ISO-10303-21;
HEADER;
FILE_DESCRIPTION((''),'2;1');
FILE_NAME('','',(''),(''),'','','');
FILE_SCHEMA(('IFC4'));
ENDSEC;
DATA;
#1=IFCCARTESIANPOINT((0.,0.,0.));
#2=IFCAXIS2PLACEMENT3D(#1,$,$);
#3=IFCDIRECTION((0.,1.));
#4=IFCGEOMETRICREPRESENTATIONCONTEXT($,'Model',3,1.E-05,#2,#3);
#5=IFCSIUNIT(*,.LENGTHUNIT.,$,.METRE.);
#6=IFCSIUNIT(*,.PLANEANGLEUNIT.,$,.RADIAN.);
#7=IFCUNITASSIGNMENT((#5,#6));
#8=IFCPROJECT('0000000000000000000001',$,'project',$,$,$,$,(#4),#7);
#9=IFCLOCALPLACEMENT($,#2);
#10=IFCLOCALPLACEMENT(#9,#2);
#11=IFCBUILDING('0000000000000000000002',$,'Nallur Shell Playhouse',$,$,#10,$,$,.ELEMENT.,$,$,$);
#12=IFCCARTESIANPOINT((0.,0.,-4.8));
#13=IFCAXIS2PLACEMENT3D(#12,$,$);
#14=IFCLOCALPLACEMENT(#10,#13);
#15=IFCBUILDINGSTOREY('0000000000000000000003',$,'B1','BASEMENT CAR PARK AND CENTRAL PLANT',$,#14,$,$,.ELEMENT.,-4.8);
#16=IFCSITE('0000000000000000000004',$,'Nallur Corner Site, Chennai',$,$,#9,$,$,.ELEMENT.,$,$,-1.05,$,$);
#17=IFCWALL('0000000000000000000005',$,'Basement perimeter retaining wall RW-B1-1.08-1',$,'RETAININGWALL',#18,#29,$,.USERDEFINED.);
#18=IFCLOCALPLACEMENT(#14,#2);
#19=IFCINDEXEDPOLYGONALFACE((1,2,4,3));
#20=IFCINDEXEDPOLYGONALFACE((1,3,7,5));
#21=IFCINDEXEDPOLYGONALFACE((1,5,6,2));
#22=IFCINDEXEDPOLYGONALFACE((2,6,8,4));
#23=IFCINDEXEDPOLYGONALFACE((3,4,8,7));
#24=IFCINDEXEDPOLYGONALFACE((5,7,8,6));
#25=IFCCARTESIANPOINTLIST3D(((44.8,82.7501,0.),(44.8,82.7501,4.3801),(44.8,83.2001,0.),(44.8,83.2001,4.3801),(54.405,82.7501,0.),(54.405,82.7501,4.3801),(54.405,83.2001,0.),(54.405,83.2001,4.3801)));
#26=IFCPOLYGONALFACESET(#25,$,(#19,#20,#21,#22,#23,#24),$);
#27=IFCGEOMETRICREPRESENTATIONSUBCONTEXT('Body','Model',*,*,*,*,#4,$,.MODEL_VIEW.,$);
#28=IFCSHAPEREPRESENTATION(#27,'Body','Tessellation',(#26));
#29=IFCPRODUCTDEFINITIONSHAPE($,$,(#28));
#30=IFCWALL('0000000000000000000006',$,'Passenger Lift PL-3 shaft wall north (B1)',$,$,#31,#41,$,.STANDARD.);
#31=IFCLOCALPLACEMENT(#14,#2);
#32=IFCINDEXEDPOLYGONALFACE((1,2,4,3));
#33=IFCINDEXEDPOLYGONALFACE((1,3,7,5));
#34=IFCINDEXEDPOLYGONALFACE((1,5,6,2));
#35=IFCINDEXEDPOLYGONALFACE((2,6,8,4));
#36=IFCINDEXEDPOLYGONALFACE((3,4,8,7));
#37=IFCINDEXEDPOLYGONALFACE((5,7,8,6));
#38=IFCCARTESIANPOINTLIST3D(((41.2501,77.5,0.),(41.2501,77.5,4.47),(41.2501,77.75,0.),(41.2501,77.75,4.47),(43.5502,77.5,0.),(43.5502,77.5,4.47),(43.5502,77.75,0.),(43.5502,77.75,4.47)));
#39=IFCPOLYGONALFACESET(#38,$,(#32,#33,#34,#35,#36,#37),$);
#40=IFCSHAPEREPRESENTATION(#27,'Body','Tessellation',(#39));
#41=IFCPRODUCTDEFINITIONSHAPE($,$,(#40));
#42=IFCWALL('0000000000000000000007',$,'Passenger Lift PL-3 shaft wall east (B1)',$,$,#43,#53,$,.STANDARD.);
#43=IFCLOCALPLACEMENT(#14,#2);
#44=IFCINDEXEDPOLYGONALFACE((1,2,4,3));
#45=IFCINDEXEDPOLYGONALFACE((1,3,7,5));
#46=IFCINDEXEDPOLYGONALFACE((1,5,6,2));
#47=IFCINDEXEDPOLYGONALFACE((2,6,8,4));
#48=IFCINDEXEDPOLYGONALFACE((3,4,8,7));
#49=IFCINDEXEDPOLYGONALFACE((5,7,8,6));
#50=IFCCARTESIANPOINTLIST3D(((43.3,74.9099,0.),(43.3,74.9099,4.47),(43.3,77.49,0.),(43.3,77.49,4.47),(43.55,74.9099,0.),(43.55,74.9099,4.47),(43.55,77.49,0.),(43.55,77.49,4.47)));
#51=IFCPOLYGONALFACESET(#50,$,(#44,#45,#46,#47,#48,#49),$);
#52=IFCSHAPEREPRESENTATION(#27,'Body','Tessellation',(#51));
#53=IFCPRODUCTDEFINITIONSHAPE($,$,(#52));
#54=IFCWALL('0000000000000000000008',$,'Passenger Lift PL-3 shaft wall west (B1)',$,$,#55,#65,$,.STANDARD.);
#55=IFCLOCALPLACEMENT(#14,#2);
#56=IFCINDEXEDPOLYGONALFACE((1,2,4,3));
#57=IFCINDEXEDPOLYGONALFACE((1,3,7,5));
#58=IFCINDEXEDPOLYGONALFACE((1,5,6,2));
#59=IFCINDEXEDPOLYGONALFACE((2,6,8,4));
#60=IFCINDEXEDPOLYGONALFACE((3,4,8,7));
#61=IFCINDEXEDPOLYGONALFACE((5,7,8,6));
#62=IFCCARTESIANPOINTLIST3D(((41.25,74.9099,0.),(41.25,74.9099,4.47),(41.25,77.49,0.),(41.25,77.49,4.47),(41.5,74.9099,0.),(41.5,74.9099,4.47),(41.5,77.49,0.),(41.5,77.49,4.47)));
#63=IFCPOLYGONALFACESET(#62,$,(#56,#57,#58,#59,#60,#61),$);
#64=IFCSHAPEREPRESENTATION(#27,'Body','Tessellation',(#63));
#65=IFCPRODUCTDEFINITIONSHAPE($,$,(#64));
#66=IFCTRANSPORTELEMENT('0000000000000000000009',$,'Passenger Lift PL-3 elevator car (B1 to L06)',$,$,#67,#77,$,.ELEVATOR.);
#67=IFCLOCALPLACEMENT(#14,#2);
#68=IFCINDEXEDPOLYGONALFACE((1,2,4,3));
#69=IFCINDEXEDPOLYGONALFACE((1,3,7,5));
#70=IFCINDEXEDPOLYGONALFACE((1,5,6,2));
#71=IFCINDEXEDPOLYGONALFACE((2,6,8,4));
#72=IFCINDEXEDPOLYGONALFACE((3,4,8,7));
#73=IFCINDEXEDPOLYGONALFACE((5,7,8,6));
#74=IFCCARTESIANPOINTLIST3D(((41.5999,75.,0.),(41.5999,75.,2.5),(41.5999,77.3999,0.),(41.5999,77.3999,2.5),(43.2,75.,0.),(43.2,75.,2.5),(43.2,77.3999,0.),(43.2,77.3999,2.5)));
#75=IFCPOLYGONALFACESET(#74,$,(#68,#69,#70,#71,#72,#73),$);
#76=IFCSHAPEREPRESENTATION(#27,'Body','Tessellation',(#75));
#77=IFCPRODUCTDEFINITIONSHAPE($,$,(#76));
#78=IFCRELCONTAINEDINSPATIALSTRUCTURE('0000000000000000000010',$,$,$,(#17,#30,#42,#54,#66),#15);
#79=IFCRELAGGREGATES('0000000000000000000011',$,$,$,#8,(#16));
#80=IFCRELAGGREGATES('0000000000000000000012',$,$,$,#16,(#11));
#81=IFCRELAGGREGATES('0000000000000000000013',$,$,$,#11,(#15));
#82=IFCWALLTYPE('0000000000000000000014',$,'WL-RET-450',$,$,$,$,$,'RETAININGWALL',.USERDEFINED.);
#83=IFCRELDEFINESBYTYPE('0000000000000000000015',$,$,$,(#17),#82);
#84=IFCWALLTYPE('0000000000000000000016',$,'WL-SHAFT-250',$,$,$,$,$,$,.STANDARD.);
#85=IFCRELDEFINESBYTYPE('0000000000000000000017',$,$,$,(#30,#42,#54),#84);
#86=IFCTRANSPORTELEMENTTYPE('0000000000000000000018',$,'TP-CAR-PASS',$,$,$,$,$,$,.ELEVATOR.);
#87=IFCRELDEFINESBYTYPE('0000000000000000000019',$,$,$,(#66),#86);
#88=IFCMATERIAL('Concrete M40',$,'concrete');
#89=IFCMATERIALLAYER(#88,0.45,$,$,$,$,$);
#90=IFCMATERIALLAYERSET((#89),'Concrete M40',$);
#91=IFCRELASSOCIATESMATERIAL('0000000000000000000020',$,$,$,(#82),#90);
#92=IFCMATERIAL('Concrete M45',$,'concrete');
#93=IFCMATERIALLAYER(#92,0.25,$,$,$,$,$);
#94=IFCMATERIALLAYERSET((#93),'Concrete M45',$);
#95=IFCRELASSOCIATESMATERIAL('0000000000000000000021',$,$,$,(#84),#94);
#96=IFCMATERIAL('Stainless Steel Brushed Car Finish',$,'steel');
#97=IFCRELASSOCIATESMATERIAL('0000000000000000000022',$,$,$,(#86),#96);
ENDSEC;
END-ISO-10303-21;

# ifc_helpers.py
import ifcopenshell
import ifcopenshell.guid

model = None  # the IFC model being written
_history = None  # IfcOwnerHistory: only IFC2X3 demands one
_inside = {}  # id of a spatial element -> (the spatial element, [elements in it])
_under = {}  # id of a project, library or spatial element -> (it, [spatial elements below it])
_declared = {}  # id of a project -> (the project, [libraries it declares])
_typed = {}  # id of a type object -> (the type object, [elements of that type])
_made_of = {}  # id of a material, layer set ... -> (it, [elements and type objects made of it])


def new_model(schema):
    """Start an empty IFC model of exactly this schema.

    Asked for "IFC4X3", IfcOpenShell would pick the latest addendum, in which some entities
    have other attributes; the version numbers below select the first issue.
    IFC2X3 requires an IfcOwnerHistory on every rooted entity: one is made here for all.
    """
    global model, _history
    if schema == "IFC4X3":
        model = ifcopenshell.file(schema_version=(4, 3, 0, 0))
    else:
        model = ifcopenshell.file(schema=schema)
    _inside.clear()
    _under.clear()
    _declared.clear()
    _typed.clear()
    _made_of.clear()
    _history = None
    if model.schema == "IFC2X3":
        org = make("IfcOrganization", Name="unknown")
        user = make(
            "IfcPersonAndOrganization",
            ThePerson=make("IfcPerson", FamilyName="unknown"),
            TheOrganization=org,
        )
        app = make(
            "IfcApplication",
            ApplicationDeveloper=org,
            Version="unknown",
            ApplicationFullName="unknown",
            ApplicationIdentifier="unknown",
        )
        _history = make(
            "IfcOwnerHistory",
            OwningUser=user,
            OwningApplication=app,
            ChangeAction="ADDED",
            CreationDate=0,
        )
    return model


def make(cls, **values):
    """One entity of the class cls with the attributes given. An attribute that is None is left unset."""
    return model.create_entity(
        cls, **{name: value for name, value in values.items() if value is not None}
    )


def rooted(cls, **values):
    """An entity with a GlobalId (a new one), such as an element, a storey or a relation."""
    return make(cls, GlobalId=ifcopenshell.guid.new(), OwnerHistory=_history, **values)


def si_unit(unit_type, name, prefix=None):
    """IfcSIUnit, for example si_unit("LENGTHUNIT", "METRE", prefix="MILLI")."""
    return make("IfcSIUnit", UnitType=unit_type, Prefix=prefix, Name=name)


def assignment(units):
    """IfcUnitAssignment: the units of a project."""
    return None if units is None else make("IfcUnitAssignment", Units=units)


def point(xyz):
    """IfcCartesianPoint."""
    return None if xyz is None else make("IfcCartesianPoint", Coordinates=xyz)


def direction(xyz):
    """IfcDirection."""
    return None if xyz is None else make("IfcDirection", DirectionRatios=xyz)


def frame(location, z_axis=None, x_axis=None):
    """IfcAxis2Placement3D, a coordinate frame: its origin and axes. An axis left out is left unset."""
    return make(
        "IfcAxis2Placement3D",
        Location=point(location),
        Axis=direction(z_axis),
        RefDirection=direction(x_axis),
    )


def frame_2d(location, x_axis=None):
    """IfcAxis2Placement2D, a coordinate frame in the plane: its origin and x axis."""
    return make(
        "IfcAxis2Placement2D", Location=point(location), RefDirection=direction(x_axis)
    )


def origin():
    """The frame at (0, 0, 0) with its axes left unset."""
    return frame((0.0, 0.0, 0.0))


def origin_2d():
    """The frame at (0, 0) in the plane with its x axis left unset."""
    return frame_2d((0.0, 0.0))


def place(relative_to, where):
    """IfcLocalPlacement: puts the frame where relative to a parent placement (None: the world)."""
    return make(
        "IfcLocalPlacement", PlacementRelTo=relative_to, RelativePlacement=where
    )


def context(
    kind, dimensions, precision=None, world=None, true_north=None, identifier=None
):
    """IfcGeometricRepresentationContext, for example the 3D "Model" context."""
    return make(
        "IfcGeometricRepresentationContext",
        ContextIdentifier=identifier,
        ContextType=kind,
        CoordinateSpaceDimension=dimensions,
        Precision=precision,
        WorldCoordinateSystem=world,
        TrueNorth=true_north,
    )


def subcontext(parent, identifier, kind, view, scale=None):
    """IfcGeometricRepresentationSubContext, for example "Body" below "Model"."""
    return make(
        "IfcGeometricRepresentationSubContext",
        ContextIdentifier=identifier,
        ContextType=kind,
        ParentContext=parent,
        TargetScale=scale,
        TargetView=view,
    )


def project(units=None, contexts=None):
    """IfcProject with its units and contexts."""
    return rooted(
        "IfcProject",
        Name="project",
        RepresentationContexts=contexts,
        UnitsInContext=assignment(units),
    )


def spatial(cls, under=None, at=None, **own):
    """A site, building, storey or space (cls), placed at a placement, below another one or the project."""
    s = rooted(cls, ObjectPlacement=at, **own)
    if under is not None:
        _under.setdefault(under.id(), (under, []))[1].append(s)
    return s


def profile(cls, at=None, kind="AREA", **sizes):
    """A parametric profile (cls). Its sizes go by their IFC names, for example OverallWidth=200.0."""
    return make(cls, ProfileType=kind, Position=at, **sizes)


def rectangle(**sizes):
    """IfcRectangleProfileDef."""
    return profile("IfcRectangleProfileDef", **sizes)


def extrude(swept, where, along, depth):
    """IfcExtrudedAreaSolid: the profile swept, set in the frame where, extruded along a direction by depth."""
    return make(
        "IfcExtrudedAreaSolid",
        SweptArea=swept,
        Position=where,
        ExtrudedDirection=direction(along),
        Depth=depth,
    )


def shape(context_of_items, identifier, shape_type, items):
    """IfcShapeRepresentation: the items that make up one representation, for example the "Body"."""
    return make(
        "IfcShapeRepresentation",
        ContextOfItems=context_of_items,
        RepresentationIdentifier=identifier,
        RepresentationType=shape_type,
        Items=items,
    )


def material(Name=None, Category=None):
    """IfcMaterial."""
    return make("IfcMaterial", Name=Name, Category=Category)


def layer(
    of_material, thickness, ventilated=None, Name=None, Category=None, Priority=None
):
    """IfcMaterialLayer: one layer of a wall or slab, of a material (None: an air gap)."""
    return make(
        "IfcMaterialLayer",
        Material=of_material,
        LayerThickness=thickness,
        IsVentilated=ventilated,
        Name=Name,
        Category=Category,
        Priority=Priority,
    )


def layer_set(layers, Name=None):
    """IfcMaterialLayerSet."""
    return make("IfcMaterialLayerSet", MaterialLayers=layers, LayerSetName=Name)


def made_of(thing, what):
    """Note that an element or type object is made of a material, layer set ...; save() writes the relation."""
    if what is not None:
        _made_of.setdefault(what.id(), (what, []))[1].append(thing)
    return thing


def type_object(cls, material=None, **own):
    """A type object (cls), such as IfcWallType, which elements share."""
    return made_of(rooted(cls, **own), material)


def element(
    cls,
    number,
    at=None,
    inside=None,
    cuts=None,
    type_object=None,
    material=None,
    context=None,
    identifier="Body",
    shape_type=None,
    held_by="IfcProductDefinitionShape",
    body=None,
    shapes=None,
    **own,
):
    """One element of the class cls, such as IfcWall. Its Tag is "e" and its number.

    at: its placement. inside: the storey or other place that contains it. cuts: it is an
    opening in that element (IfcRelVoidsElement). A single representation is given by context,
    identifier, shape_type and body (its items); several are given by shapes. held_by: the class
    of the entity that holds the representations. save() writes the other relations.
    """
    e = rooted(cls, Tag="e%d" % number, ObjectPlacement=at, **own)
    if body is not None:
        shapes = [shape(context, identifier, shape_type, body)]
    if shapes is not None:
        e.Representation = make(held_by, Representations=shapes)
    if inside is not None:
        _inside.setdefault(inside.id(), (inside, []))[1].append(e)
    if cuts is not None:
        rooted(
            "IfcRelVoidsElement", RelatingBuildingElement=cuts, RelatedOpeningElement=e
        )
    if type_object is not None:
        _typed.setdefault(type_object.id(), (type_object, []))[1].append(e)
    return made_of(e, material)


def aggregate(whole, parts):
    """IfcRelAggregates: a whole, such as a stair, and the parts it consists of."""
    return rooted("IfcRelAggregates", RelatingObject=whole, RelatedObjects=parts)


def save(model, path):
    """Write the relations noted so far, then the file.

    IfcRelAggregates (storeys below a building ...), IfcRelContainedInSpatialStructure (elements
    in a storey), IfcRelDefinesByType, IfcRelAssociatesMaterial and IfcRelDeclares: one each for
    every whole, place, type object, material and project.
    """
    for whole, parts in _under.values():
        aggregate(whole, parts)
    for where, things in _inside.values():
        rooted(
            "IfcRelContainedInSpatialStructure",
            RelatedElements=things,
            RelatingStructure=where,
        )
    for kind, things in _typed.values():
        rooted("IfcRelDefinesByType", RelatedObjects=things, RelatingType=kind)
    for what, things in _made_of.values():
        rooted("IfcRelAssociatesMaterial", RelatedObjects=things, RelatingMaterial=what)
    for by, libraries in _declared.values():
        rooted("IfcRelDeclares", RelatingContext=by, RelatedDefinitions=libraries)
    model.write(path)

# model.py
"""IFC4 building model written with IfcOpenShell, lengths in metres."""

from ifc_helpers import new_model, si_unit, direction, frame, frame_2d, origin, origin_2d, place, context, subcontext, project, spatial, rectangle, extrude, material, layer, layer_set, type_object, element, save


model = new_model("IFC4")

# Units and contexts
model_context = context("Model", 3, precision=1e-05, world=origin(), true_north=direction((0.0, 1.0)))
body_context = subcontext(model_context, "Body", "Model", "MODEL_VIEW")
ifc_project = project(units=[si_unit("LENGTHUNIT", "METRE"), si_unit("PLANEANGLEUNIT", "RADIAN")], contexts=[model_context])

# Site, building, storey
site_placement = place(None, origin())
site = spatial("IfcSite", under=ifc_project, at=site_placement, Name="Nallur Corner Site, Chennai", CompositionType="ELEMENT", RefElevation=-1.05)
building_placement = place(site_placement, origin())
building = spatial("IfcBuilding", under=site, at=building_placement, Name="Nallur Shell Playhouse", CompositionType="ELEMENT")
storey_placement = place(building_placement, frame((0.0, 0.0, -4.8)))
storey = spatial("IfcBuildingStorey", under=building, at=storey_placement, Name="B1", Description="BASEMENT CAR PARK AND CENTRAL PLANT", CompositionType="ELEMENT", Elevation=-4.8)

# Wall
ifc_material_1 = material(Name="Concrete M45", Category="concrete")
ifc_material_2 = material(Name="Concrete M40", Category="concrete")
ifc_layer_1 = layer(ifc_material_2, 0.45)
ifc_layer_set_1 = layer_set([ifc_layer_1], Name="Concrete M40")
wall_type_1 = type_object("IfcWallType", Name="WL-RET-450", ElementType="RETAININGWALL", PredefinedType="USERDEFINED", material=ifc_layer_set_1)
wall_1_placement = place(storey_placement, frame((44.8, 82.9751, 0.0), z_axis=(0.0, 0.0, 1.0), x_axis=(1.0, 0.0, 0.0)))
element("IfcWall", 1, at=wall_1_placement, inside=storey, type_object=wall_type_1, Name="Basement perimeter retaining wall RW-B1-1.08-1", ObjectType="RETAININGWALL", PredefinedType="USERDEFINED", context=body_context, shape_type="SweptSolid", body=[
    extrude(rectangle(XDim=9.605, YDim=0.45, at=frame_2d((4.8025, 0.0))), origin(), (0.0, 0.0, 1.0), 4.3801),
])

# Shared definitions
ifc_layer_2 = layer(ifc_material_1, 0.25)
ifc_layer_set_2 = layer_set([ifc_layer_2], Name="Concrete M45")
wall_type_2 = type_object("IfcWallType", Name="WL-SHAFT-250", PredefinedType="STANDARD", material=ifc_layer_set_2)

# Walls
wall_2_placement = place(storey_placement, frame((43.55, 77.625, 0.0), z_axis=(0.0, 0.0, 1.0), x_axis=(-1.0, 0.0, 0.0)))
element("IfcWall", 2, at=wall_2_placement, inside=storey, type_object=wall_type_2, Name="Passenger Lift PL-3 shaft wall north (B1)", PredefinedType="STANDARD", context=body_context, shape_type="SweptSolid", body=[
    extrude(rectangle(XDim=2.3, YDim=0.25, at=frame_2d((1.1499, 0.0))), origin(), (0.0, 0.0, 1.0), 4.47),
])
for number, where, z_axis, x_axis, name in (
    (3, (43.425, 74.9099, 0.0), (0.0, 0.0, 1.0), (0.0, 1.0, 0.0), "Passenger Lift PL-3 shaft wall east (B1)"),
    (4, (41.375, 77.49, 0.0), (0.0, 0.0, 1.0), (0.0, -1.0, 0.0), "Passenger Lift PL-3 shaft wall west (B1)"),
):
    element("IfcWall", number, at=place(storey_placement, frame(where, z_axis=z_axis, x_axis=x_axis)), inside=storey, type_object=wall_type_2, Name=name, PredefinedType="STANDARD", context=body_context, shape_type="SweptSolid", body=[
        extrude(rectangle(XDim=2.5801, YDim=0.25, at=frame_2d((1.29, 0.0))), origin(), (0.0, 0.0, 1.0), 4.47),
    ])

# Transport element
ifc_material_3 = material(Name="Stainless Steel Brushed Car Finish", Category="steel")
transport_element_type = type_object("IfcTransportElementType", Name="TP-CAR-PASS", PredefinedType="ELEVATOR", material=ifc_material_3)
transport_element_placement = place(storey_placement, frame((42.3999, 76.2, 0.0), z_axis=(0.0, 0.0, 1.0), x_axis=(1.0, 0.0, 0.0)))
element("IfcTransportElement", 5, at=transport_element_placement, inside=storey, type_object=transport_element_type, Name="Passenger Lift PL-3 elevator car (B1 to L06)", PredefinedType="ELEVATOR", context=body_context, shape_type="SweptSolid", body=[
    extrude(rectangle(XDim=1.6001, YDim=2.3999, at=origin_2d()), origin(), (0.0, 0.0, 1.0), 2.5),
])

save(model, "model.ifc")
